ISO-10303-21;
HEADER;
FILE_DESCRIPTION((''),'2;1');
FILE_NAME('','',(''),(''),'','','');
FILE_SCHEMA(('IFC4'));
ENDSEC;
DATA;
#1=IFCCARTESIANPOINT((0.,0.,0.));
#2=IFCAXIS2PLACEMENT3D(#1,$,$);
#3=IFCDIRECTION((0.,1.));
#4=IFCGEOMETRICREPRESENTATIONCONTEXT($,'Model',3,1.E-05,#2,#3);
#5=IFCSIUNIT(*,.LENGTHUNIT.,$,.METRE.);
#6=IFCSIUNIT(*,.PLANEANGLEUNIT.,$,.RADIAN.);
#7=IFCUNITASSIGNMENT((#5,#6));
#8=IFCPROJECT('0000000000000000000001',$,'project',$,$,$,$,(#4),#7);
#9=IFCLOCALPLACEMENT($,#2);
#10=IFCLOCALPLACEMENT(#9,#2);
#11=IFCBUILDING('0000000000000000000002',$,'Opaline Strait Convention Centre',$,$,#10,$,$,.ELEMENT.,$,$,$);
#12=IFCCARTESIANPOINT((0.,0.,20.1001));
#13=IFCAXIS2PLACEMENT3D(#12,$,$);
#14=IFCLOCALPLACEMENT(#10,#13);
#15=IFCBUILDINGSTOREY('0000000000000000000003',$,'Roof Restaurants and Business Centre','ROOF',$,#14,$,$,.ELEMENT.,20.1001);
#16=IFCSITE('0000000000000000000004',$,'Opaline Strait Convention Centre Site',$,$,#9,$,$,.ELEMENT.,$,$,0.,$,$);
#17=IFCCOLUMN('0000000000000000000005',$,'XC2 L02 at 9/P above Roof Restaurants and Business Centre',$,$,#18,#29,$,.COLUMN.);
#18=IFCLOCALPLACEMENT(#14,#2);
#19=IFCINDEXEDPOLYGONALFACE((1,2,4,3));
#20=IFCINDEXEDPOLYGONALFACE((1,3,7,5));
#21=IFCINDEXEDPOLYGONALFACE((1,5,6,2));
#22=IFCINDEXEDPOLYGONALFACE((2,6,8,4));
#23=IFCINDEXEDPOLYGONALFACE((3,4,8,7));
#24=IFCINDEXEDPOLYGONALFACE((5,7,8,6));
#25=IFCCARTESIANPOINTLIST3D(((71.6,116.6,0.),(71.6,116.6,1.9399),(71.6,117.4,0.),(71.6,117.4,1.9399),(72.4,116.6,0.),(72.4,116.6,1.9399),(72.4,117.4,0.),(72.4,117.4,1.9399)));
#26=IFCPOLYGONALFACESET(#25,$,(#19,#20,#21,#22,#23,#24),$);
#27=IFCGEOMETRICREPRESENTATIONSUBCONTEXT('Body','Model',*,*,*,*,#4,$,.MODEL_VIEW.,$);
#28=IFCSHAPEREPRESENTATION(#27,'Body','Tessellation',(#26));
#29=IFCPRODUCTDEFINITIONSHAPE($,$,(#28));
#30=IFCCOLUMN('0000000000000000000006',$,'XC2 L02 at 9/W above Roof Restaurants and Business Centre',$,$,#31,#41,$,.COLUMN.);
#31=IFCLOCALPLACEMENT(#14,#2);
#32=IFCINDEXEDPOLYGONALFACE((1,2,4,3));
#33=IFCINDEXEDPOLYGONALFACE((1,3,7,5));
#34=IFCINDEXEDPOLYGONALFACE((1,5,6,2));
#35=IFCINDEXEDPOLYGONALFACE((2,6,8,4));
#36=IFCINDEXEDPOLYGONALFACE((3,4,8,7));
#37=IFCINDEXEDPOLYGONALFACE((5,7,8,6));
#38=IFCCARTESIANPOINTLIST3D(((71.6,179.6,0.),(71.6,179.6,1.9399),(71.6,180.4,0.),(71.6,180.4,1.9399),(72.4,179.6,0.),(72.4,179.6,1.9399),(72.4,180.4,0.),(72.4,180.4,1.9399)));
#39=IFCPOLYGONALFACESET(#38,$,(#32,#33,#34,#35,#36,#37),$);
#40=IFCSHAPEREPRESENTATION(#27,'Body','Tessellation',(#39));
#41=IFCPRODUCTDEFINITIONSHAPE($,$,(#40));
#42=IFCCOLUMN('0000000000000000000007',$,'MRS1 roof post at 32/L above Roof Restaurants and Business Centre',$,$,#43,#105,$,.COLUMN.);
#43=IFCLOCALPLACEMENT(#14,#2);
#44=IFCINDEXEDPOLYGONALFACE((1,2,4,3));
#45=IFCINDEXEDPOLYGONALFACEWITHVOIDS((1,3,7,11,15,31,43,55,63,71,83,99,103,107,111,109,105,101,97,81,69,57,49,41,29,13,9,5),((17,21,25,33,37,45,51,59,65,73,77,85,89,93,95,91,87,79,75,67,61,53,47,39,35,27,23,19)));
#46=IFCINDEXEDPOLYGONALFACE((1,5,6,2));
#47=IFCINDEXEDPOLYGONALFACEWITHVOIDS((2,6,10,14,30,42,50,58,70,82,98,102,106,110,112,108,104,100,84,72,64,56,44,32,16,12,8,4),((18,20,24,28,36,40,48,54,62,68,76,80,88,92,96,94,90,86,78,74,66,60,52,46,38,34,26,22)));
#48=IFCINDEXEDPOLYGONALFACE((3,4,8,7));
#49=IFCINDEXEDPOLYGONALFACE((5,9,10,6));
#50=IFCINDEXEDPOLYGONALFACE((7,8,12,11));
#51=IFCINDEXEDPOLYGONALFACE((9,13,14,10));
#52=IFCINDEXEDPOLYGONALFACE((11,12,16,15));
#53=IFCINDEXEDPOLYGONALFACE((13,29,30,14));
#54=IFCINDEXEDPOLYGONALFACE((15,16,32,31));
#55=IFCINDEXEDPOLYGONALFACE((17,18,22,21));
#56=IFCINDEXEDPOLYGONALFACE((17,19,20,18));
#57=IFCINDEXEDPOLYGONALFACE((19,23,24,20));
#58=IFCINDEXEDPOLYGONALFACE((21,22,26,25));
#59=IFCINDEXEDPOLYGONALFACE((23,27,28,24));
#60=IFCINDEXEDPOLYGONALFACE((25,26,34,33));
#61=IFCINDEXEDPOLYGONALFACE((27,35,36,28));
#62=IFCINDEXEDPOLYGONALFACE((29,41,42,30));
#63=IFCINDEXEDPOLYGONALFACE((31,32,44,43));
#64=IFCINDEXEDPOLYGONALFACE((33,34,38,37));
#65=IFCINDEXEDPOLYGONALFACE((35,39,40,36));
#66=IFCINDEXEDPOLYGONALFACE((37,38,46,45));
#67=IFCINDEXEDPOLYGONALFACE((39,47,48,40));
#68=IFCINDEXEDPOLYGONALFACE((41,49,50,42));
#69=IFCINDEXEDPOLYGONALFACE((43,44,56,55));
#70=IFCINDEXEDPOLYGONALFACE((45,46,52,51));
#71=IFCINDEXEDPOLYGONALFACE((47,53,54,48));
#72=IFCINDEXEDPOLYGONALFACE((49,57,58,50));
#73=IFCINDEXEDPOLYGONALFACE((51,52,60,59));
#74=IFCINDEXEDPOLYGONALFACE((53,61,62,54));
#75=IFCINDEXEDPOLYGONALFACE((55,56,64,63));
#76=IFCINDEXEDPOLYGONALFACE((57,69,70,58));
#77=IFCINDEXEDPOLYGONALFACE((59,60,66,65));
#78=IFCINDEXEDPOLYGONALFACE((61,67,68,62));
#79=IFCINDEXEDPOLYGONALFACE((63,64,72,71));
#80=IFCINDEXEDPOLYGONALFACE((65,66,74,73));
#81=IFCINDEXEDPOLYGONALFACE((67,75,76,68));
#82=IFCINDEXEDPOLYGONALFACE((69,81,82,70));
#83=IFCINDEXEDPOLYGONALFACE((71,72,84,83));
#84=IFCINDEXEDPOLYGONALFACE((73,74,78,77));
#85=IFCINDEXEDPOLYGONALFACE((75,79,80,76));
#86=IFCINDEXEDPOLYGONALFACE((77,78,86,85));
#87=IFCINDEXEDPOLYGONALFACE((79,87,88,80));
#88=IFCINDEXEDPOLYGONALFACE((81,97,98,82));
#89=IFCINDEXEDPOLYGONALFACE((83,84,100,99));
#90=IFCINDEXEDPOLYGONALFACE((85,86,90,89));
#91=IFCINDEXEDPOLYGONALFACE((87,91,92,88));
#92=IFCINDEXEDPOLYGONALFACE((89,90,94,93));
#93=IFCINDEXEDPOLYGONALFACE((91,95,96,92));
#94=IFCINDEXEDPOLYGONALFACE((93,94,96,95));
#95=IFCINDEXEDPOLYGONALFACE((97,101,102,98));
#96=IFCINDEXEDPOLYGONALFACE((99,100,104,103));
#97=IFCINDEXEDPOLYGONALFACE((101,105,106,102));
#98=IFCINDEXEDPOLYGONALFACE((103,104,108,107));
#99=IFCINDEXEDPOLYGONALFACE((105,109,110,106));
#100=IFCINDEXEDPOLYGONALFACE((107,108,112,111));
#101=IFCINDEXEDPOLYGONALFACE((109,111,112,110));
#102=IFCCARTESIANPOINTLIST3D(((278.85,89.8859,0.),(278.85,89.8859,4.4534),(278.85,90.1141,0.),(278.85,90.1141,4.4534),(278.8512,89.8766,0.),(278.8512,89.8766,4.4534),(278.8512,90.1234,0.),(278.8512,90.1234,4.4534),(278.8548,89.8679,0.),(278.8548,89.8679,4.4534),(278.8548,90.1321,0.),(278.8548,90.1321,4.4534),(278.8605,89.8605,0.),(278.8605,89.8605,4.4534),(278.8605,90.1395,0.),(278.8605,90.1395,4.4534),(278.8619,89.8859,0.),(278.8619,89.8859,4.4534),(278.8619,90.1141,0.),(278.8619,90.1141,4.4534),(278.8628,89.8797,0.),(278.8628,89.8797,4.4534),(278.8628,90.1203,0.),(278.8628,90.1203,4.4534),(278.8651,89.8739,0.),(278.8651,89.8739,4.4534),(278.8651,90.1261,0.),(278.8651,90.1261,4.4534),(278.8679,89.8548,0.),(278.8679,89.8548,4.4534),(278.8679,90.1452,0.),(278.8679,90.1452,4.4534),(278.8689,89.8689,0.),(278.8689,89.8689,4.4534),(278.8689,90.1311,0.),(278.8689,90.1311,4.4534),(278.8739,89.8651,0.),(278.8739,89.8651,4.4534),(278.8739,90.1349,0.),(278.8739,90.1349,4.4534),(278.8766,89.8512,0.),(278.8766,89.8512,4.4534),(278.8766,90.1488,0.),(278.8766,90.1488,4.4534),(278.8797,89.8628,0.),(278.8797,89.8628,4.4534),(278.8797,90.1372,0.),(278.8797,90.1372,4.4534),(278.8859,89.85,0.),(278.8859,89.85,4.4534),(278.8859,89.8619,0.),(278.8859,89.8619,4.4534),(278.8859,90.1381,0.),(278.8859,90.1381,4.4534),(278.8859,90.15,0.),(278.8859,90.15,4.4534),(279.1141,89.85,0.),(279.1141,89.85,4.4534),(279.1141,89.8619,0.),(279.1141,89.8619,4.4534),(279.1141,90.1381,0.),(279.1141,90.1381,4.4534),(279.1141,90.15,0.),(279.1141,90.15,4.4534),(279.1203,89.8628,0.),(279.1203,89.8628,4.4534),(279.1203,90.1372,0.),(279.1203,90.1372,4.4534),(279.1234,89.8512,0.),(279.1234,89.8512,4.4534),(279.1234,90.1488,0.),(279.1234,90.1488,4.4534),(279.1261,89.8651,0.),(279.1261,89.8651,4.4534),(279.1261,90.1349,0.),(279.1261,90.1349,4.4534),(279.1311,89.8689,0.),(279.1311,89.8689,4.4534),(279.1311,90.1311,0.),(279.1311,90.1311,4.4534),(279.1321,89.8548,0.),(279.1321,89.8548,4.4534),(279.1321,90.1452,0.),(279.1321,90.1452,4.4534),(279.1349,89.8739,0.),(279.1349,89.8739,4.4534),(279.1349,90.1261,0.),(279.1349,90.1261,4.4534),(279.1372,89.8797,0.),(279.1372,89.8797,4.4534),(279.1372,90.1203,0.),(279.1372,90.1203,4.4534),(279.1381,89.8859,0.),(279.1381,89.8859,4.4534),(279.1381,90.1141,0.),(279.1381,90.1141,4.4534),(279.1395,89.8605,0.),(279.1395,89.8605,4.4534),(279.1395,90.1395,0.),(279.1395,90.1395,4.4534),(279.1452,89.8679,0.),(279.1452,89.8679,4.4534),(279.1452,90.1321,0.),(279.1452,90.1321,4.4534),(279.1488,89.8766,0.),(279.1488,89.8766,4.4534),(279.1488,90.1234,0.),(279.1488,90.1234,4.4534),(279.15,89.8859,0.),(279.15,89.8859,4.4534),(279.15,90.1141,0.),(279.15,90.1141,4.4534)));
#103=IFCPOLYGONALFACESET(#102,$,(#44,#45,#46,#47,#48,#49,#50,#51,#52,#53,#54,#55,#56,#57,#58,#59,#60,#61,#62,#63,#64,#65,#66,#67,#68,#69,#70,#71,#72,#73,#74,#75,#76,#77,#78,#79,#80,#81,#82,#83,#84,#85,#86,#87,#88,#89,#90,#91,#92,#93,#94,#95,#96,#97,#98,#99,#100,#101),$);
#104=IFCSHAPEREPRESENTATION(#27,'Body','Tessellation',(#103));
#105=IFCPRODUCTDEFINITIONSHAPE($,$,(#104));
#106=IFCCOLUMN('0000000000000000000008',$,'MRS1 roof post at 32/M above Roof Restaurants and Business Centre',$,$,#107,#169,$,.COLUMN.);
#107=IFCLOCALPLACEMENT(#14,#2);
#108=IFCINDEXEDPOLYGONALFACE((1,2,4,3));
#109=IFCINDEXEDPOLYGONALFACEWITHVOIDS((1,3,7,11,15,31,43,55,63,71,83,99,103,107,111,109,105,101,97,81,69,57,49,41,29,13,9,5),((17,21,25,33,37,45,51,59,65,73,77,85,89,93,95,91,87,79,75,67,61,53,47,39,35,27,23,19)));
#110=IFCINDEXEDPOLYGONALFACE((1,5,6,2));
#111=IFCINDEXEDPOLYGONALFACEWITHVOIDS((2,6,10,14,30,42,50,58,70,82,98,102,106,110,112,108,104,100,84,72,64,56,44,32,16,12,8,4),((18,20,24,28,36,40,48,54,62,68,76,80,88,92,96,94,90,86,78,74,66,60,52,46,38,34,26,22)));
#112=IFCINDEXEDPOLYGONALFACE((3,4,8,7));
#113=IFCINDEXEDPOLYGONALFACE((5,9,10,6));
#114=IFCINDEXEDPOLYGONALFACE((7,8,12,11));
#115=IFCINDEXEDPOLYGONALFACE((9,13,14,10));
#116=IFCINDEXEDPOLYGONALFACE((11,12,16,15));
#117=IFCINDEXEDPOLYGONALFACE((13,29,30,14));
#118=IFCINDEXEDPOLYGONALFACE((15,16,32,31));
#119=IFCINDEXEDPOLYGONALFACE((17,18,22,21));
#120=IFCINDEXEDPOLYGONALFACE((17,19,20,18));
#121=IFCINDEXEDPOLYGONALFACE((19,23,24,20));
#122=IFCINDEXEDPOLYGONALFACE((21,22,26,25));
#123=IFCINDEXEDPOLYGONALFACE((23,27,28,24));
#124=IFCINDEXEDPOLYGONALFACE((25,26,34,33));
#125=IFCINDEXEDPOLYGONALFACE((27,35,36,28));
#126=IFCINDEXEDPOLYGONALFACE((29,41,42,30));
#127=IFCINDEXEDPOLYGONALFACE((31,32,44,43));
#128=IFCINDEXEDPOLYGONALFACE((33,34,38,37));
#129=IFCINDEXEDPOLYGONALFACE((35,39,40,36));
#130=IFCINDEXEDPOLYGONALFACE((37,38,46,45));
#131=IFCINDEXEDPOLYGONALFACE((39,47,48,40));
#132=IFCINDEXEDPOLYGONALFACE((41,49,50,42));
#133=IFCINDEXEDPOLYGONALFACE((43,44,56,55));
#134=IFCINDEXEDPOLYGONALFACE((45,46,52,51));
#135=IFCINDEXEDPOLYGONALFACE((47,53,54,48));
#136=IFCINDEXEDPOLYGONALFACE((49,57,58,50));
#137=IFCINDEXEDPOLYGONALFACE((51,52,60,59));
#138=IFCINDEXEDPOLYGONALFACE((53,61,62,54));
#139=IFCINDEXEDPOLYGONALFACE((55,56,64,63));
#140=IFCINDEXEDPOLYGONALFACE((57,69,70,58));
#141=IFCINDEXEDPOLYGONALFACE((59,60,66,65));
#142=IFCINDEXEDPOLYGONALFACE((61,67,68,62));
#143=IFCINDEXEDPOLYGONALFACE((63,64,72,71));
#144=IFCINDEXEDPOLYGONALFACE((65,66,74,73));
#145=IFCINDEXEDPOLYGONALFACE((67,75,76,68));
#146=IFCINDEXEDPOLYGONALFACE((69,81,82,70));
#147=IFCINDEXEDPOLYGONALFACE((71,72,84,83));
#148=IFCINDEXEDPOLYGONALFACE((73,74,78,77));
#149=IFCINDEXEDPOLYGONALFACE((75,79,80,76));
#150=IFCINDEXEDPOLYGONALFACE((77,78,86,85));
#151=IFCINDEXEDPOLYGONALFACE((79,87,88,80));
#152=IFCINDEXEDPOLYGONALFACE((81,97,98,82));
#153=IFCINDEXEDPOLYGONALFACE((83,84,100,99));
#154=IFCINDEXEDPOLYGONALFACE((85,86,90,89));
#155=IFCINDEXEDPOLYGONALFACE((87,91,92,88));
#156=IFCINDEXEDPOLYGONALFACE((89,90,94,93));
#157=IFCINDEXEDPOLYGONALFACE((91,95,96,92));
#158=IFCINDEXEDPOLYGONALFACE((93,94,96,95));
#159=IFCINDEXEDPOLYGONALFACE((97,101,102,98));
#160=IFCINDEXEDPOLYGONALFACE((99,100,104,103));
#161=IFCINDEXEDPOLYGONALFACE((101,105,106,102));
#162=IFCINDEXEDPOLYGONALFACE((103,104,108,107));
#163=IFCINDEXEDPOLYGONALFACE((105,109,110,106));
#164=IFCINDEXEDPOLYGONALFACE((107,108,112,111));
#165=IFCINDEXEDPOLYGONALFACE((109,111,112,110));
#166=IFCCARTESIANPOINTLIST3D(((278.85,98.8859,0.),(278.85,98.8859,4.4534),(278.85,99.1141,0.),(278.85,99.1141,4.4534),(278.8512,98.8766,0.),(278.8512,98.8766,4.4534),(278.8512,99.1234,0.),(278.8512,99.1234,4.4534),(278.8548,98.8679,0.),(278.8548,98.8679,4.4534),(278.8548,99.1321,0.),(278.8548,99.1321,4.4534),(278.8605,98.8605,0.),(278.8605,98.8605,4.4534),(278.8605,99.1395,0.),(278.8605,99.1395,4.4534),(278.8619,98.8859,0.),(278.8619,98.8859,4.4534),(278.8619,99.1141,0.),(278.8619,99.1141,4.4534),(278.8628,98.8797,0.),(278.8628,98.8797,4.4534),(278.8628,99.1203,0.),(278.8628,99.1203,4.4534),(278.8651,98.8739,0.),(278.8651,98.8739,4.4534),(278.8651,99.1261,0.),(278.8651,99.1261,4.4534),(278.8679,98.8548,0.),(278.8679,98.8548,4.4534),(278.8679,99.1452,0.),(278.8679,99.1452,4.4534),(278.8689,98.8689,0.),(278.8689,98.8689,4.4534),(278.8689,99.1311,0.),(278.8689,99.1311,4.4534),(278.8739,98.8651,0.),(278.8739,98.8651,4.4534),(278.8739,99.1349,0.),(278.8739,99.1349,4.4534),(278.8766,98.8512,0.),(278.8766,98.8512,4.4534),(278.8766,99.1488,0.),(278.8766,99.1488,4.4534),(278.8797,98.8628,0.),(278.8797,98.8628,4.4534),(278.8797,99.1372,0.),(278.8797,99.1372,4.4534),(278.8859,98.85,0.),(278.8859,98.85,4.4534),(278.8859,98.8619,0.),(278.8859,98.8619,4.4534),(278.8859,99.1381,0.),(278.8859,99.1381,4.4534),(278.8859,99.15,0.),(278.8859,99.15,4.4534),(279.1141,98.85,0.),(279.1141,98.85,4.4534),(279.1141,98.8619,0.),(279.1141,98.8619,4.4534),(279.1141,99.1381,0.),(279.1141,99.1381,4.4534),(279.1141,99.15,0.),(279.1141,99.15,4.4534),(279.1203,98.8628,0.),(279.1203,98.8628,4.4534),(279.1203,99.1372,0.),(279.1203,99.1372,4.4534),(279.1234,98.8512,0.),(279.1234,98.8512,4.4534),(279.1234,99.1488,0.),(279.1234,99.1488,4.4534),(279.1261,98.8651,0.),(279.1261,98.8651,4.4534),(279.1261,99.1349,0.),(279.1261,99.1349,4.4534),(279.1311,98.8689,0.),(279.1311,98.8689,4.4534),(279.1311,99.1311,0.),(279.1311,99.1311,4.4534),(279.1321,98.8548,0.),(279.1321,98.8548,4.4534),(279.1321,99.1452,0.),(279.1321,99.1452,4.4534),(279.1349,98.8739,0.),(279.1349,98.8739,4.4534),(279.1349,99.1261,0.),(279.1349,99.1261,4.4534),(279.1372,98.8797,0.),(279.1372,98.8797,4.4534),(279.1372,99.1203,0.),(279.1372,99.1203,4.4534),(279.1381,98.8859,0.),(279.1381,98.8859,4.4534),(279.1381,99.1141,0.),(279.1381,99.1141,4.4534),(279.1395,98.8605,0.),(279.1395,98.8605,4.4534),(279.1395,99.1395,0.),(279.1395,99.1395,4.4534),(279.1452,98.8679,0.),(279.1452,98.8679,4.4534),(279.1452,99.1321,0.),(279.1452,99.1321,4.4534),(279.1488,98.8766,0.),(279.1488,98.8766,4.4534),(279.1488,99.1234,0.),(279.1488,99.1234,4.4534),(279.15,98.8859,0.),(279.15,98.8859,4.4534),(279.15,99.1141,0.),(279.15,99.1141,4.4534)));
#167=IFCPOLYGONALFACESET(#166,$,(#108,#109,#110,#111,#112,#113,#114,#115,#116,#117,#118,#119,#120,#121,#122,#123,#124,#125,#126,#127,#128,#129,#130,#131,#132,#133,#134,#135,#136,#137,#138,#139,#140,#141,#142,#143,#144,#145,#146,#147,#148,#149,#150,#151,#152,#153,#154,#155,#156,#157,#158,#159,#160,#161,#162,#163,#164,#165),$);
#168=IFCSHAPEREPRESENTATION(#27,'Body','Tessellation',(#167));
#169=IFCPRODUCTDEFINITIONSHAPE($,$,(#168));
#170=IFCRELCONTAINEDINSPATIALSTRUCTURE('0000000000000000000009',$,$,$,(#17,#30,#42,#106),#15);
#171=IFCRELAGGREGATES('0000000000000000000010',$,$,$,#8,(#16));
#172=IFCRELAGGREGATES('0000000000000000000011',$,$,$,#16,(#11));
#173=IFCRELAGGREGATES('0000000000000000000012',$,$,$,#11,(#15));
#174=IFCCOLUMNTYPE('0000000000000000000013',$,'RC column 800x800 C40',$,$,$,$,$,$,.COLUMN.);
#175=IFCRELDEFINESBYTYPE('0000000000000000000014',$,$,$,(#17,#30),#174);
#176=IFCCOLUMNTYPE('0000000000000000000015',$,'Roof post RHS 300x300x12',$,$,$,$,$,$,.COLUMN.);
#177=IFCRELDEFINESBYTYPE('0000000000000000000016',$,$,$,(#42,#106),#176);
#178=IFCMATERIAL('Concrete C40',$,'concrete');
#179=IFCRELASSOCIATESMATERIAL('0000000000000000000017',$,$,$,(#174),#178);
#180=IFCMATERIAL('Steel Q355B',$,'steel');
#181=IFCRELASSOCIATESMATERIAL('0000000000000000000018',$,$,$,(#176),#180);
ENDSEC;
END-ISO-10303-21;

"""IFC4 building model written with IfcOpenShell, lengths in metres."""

from ifc_helpers import new_model, si_unit, direction, frame, origin, origin_2d, place, context, subcontext, project, spatial, rectangle, hollow_rectangle, extrude, material, material_profile, profile_set, type_object, element, save


model = new_model("IFC4")

# Units and contexts
model_context = context("Model", 3, precision=1e-05, world=origin(), true_north=direction((0.0, 1.0)))
body_context = subcontext(model_context, "Body", "Model", "MODEL_VIEW")
ifc_project = project(units=[si_unit("LENGTHUNIT", "METRE"), si_unit("PLANEANGLEUNIT", "RADIAN")], contexts=[model_context])

# Site, building, storey
site_placement = place(None, origin())
site = spatial("IfcSite", under=ifc_project, at=site_placement, Name="Opaline Strait Convention Centre Site", CompositionType="ELEMENT", RefElevation=0.0)
building_placement = place(site_placement, origin())
building = spatial("IfcBuilding", under=site, at=building_placement, Name="Opaline Strait Convention Centre", CompositionType="ELEMENT")
storey_placement = place(building_placement, frame((0.0, 0.0, 20.1001)))
storey = spatial("IfcBuildingStorey", under=building, at=storey_placement, Name="Roof Restaurants and Business Centre", Description="ROOF", CompositionType="ELEMENT", Elevation=20.1001)

# Columns
ifc_material_1 = material(Name="Concrete C40", Category="concrete")
ifc_material_profile_1 = material_profile(ifc_material_1, rectangle(XDim=0.8, YDim=0.8, at=origin_2d()), Name="RC 800x800")
ifc_profile_set_1 = profile_set([ifc_material_profile_1], Name="Concrete C40")
column_type_1 = type_object("IfcColumnType", Name="RC column 800x800 C40", PredefinedType="COLUMN", material=ifc_profile_set_1)
for number, where, z_axis, x_axis, name in (
    (1, (72.0, 117.0, 0.0), (0.0, 0.0, 1.0), (1.0, 0.0, 0.0), "XC2 L02 at 9/P above Roof Restaurants and Business Centre"),
    (2, (72.0, 180.0, 0.0), (0.0, 0.0, 1.0), (1.0, 0.0, 0.0), "XC2 L02 at 9/W above Roof Restaurants and Business Centre"),
):
    element("IfcColumn", number, at=place(storey_placement, frame(where, z_axis=z_axis, x_axis=x_axis)), inside=storey, type_object=column_type_1, Name=name, PredefinedType="COLUMN", context=body_context, shape_type="SweptSolid", body=[
        extrude(rectangle(XDim=0.8, YDim=0.8, at=origin_2d()), origin(), (0.0, 0.0, 1.0), 1.9399),
    ])
ifc_material_2 = material(Name="Steel Q355B", Category="steel")
ifc_material_profile_2 = material_profile(ifc_material_2, hollow_rectangle(XDim=0.3, YDim=0.3, WallThickness=0.012, InnerFilletRadius=0.0239, OuterFilletRadius=0.0359, at=origin_2d()), Name="RHS 300x300x12")
ifc_profile_set_2 = profile_set([ifc_material_profile_2], Name="Steel Q355B")
column_type_2 = type_object("IfcColumnType", Name="Roof post RHS 300x300x12", PredefinedType="COLUMN", material=ifc_profile_set_2)
for number, where, z_axis, x_axis, name in (
    (3, (279.0, 90.0, 0.0), (0.0, 0.0, 1.0), (1.0, 0.0, 0.0), "MRS1 roof post at 32/L above Roof Restaurants and Business Centre"),
    (4, (279.0, 99.0, 0.0), (0.0, 0.0, 1.0), (1.0, 0.0, 0.0), "MRS1 roof post at 32/M above Roof Restaurants and Business Centre"),
):
    element("IfcColumn", number, at=place(storey_placement, frame(where, z_axis=z_axis, x_axis=x_axis)), inside=storey, type_object=column_type_2, Name=name, PredefinedType="COLUMN", context=body_context, shape_type="SweptSolid", body=[
        extrude(hollow_rectangle(XDim=0.3, YDim=0.3, WallThickness=0.012, InnerFilletRadius=0.0239, OuterFilletRadius=0.0359, at=origin_2d()), origin(), (0.0, 0.0, 1.0), 4.4534),
    ])

save(model, "model.ifc")
